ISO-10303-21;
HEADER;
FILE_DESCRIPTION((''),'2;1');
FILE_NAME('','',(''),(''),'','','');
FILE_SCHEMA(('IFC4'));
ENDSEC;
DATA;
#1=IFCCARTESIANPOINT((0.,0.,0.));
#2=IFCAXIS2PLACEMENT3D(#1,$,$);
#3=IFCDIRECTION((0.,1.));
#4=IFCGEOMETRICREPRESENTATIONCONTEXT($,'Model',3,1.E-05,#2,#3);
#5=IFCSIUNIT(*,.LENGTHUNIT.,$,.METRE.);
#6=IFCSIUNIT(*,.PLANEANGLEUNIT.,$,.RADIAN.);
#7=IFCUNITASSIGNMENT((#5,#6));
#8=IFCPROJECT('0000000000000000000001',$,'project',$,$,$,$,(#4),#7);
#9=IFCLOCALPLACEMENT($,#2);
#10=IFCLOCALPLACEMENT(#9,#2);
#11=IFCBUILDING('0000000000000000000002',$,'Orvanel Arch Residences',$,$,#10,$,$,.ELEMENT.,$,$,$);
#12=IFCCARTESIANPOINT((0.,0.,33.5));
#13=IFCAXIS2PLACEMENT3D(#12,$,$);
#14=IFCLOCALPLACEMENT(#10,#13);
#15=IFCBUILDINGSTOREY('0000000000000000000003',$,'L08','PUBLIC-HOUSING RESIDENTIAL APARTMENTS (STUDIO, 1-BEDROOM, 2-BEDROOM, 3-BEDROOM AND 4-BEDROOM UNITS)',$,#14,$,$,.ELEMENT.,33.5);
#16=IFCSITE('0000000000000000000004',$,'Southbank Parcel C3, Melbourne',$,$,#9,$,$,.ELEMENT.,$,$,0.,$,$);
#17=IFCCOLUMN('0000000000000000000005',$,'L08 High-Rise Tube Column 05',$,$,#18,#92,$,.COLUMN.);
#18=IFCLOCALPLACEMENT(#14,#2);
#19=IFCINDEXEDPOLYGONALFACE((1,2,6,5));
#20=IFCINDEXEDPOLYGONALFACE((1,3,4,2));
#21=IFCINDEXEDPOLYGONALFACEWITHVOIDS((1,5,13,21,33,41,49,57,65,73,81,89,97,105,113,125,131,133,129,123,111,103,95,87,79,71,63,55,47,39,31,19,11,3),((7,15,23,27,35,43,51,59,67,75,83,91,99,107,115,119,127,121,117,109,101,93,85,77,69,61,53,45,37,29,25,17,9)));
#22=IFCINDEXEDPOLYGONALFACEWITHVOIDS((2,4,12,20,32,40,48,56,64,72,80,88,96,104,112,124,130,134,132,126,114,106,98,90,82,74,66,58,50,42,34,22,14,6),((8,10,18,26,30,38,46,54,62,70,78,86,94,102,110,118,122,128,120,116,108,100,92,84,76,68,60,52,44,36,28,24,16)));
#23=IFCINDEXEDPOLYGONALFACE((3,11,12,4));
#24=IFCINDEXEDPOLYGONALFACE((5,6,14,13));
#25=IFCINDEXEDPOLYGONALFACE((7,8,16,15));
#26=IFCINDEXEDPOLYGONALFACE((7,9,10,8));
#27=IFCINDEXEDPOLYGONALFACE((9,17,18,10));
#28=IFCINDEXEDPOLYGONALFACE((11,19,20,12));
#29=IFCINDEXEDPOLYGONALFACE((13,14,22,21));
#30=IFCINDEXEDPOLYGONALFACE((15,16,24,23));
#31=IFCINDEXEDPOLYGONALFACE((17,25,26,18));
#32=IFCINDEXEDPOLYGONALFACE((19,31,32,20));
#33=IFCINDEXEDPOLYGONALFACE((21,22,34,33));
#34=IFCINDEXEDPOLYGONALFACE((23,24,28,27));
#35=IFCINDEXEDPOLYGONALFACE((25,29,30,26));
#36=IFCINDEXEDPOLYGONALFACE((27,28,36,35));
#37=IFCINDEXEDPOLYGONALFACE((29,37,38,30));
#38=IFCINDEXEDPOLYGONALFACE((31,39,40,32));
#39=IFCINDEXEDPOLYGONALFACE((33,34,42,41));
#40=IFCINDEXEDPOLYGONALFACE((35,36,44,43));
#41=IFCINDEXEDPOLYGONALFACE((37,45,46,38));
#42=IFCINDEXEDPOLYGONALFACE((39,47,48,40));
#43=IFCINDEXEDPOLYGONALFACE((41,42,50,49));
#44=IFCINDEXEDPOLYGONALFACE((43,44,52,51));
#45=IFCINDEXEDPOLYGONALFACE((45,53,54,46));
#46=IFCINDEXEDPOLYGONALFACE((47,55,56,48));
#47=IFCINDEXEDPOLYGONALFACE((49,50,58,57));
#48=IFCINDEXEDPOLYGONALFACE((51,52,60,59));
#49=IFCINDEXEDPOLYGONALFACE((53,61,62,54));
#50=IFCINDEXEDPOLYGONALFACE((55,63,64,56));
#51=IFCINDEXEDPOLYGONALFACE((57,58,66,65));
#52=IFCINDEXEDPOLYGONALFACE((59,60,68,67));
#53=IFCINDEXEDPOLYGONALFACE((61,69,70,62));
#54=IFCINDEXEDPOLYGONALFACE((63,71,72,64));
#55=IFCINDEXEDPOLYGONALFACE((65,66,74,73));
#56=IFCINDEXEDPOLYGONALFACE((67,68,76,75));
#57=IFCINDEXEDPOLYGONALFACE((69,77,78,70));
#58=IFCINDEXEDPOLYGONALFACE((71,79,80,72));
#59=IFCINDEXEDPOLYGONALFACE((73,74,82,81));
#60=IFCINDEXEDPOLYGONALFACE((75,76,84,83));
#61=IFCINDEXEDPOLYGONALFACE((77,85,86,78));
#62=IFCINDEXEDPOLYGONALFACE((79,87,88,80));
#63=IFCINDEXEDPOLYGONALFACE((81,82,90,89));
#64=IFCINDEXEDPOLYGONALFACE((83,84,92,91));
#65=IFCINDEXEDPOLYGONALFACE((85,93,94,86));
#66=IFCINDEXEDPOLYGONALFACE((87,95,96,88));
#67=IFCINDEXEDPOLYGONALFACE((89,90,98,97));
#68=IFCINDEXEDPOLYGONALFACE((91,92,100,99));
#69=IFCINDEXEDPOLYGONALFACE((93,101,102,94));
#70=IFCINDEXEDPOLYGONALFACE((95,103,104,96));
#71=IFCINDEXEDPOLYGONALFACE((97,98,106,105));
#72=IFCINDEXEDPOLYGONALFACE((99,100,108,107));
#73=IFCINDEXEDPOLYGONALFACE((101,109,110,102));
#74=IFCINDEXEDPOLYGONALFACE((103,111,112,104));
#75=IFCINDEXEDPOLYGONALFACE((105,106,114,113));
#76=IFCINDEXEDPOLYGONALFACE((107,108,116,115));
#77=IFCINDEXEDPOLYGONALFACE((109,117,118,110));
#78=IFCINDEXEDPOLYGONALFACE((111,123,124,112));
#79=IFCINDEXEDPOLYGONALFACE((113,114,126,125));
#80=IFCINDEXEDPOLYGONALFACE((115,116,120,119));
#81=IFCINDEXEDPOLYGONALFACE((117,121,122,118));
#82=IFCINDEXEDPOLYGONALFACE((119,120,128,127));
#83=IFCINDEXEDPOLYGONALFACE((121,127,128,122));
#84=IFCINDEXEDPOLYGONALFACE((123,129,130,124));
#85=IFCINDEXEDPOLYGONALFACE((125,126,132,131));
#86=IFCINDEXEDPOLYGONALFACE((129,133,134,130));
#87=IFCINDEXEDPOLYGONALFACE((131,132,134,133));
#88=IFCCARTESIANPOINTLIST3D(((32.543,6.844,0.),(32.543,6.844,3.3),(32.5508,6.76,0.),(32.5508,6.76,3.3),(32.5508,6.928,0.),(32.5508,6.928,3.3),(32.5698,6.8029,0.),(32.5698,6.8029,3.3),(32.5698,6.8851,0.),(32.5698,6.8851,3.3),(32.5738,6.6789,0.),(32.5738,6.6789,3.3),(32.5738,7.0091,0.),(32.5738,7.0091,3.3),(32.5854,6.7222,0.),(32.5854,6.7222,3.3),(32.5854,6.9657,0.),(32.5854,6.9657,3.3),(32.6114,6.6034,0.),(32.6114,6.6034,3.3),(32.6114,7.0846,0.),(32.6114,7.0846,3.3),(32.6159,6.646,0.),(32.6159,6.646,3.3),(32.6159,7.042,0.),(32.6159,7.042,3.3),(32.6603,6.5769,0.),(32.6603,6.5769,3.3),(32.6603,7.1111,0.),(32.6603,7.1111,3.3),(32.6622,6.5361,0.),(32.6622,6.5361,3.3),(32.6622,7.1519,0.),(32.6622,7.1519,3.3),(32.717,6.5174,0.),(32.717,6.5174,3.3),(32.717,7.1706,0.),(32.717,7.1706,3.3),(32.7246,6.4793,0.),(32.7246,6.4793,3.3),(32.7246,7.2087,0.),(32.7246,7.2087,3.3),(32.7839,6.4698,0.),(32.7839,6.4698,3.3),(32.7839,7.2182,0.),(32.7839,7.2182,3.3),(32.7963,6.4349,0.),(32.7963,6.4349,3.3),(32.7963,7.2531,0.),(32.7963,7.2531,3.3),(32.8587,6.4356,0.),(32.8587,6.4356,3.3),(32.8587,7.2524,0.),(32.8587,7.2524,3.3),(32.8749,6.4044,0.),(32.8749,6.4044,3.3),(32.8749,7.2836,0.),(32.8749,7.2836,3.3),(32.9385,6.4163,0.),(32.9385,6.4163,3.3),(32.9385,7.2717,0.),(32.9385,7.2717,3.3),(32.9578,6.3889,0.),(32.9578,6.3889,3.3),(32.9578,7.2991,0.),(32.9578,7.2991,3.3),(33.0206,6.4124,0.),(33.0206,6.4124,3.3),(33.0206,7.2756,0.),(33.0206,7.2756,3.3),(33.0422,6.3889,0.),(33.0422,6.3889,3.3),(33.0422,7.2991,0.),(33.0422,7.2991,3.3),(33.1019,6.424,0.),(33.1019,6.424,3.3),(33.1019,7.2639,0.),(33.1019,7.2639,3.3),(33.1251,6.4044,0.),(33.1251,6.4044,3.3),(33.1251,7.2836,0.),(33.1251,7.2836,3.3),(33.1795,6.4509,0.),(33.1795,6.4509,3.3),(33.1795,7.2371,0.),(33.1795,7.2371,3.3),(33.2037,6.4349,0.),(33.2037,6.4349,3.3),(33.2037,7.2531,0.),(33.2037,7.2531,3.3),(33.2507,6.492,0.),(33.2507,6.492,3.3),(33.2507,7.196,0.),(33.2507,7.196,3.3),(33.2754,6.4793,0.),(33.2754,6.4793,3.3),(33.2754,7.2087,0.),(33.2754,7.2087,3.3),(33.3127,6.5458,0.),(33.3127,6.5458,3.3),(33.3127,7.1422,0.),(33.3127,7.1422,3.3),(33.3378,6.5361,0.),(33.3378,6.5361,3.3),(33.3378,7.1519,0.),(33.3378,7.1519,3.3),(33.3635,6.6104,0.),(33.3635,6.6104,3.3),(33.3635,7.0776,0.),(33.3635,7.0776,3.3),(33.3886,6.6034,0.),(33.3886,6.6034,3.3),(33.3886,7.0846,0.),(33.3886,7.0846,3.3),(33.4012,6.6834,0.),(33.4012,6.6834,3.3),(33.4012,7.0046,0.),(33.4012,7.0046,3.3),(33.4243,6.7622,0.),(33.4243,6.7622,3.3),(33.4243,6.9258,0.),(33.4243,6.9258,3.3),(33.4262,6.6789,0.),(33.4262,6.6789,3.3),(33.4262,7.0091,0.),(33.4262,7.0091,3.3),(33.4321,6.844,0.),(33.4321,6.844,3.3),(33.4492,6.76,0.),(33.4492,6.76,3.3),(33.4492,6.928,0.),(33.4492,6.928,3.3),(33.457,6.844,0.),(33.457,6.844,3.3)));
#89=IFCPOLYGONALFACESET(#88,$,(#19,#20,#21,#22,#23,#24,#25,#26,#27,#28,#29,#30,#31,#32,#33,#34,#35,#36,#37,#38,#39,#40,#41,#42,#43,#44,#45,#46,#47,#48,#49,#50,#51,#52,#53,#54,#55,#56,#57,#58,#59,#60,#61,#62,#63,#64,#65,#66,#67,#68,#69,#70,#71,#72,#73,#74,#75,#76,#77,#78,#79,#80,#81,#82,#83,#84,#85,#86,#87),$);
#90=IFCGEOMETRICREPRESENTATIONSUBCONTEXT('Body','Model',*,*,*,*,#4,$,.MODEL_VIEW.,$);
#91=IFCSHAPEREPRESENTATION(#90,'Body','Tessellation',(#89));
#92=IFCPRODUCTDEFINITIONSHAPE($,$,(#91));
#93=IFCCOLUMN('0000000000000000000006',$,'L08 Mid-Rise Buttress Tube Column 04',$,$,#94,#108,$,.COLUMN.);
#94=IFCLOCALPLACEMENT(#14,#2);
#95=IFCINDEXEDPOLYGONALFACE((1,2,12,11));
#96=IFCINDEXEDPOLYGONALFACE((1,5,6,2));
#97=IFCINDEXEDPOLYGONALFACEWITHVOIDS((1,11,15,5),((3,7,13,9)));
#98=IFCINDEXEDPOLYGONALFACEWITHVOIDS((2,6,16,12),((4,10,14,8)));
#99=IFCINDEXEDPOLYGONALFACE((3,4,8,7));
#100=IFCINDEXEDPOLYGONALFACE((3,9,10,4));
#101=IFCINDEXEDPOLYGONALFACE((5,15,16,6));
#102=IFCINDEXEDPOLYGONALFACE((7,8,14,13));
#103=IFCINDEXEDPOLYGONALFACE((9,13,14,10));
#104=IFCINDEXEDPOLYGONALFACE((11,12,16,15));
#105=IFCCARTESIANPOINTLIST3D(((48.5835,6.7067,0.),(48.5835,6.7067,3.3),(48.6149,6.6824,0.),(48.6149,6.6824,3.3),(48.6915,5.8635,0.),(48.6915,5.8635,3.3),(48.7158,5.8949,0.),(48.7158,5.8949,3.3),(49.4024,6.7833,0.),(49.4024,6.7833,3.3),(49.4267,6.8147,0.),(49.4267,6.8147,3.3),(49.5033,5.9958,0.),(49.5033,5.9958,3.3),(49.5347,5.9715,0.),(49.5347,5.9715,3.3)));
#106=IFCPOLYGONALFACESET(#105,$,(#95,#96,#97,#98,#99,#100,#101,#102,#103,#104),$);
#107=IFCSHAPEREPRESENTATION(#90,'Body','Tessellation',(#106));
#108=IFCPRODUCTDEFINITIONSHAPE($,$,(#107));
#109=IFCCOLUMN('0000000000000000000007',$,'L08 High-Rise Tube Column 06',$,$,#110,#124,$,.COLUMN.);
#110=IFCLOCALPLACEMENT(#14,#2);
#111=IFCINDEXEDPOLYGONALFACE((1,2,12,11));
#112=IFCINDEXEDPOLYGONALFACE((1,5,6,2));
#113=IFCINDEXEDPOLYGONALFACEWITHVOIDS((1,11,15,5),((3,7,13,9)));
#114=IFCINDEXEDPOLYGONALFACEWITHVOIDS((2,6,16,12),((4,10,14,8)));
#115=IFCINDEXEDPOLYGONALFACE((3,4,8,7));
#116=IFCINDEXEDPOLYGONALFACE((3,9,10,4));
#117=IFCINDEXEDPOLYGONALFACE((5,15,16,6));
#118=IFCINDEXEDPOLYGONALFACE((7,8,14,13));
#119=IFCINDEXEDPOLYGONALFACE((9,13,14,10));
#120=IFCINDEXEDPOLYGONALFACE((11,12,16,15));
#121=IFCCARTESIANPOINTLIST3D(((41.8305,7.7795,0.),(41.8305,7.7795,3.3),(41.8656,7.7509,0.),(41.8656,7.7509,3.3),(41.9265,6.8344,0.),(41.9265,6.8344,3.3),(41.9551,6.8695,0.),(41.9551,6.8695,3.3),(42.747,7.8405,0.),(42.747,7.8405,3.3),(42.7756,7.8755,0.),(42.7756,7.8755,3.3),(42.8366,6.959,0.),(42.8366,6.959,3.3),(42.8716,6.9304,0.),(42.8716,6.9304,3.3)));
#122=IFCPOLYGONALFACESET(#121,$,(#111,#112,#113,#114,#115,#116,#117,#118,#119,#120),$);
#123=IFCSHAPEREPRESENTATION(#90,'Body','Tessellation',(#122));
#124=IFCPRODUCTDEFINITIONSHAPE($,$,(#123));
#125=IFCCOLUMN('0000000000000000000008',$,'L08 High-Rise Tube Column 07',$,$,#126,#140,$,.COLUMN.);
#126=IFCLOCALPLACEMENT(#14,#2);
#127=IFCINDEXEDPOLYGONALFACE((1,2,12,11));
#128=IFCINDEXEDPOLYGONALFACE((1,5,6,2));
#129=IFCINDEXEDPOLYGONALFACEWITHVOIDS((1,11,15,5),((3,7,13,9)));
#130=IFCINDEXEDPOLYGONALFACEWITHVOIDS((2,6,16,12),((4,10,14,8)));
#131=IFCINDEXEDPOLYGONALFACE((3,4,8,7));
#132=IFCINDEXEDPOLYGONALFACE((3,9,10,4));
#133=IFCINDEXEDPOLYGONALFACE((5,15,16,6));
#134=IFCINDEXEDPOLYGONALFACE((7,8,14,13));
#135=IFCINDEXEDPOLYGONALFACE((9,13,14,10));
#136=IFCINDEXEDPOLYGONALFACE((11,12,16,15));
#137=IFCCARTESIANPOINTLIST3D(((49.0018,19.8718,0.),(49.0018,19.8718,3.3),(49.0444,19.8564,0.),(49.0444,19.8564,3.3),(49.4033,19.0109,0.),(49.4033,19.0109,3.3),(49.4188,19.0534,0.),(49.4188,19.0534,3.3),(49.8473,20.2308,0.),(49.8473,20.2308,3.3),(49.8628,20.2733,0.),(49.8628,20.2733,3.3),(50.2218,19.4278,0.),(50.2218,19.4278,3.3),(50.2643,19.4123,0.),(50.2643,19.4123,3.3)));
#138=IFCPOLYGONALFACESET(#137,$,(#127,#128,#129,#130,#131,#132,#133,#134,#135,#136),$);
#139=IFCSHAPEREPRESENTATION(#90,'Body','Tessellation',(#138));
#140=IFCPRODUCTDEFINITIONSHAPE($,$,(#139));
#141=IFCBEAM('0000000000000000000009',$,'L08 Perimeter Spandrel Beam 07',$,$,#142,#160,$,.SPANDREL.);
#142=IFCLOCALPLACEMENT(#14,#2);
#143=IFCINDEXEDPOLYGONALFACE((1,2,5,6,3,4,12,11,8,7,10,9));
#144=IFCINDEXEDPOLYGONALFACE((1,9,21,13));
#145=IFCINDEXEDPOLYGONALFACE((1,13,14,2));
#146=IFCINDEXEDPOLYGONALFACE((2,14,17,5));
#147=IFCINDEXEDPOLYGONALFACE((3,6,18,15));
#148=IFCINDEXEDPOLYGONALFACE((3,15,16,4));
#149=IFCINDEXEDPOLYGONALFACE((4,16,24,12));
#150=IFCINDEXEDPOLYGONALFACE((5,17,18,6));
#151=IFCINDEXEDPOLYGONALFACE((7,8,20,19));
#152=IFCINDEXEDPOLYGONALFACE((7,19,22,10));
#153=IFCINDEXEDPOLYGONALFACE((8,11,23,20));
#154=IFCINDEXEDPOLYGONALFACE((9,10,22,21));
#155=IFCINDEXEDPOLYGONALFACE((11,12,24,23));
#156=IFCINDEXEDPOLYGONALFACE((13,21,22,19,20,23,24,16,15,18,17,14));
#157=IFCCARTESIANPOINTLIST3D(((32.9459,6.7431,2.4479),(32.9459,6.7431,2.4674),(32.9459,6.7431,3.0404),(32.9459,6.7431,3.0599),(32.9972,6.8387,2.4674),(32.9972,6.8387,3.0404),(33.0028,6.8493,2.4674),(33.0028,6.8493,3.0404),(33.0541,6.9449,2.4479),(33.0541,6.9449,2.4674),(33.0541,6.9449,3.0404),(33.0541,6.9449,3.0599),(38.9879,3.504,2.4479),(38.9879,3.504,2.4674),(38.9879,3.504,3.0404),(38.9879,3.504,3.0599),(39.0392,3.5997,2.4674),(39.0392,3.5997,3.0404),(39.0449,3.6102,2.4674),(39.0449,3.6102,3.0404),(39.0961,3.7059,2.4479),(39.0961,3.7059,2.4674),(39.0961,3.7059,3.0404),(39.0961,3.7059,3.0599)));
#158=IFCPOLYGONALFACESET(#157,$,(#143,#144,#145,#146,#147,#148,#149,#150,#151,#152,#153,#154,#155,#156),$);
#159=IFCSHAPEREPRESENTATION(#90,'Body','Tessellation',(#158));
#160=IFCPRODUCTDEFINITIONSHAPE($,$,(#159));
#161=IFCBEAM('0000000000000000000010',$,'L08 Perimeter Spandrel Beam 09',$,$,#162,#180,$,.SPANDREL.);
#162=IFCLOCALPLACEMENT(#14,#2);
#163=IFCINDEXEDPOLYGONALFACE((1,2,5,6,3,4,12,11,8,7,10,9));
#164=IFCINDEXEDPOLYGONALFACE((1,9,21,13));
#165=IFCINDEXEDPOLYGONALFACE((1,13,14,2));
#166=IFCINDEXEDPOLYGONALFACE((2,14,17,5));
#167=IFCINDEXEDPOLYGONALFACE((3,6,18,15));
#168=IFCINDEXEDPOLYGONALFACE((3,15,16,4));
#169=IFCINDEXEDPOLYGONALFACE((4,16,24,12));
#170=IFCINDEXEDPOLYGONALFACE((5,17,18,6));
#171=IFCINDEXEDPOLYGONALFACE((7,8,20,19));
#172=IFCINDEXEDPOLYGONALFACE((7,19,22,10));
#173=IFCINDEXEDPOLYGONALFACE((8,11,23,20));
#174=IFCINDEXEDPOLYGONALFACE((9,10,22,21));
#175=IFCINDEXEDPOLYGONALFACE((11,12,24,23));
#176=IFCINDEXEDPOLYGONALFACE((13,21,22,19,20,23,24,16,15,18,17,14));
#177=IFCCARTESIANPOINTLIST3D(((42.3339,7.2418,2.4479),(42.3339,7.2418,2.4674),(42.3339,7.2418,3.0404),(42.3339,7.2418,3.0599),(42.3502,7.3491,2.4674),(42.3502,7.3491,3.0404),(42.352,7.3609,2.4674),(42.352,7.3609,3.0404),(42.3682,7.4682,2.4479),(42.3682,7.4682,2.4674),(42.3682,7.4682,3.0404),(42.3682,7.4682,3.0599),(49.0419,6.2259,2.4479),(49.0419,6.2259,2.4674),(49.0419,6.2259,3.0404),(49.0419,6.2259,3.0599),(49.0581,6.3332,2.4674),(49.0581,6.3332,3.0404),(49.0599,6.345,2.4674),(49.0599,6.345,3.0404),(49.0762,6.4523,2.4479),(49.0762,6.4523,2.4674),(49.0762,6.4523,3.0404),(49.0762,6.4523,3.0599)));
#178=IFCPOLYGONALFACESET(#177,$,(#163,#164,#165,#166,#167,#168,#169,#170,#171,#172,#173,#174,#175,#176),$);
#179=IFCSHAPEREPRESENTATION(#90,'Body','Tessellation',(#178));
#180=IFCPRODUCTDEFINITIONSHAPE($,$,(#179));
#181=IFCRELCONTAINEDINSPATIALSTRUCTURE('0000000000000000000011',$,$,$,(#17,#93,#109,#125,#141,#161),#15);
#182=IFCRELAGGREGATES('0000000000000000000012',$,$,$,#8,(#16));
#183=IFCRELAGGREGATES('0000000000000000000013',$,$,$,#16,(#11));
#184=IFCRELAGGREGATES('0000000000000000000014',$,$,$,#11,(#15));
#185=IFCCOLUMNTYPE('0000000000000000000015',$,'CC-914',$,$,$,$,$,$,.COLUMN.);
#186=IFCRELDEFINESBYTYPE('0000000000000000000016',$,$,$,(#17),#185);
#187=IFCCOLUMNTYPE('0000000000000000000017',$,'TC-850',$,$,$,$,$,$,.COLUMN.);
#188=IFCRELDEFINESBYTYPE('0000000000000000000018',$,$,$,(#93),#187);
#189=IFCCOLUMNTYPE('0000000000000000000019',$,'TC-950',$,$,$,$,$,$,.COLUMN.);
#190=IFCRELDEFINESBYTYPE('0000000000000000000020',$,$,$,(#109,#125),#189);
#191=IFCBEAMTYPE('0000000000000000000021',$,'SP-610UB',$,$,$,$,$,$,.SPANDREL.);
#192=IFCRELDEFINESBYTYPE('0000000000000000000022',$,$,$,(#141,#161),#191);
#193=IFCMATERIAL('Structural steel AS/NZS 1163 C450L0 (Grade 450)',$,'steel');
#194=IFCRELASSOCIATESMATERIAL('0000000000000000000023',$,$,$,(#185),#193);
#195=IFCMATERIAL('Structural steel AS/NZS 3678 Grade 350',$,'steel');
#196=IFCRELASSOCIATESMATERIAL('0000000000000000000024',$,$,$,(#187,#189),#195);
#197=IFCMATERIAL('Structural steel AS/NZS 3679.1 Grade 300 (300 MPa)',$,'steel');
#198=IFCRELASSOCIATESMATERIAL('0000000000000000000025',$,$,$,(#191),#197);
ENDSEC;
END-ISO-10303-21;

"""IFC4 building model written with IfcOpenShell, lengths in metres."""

from ifc_helpers import new_model, si_unit, direction, frame, origin, origin_2d, place, context, subcontext, project, spatial, hollow_rectangle, hollow_circle, i_section, extrude, material, material_profile, profile_set, type_object, element, save


model = new_model("IFC4")

# Units and contexts
model_context = context("Model", 3, precision=1e-05, world=origin(), true_north=direction((0.0, 1.0)))
body_context = subcontext(model_context, "Body", "Model", "MODEL_VIEW")
ifc_project = project(units=[si_unit("LENGTHUNIT", "METRE"), si_unit("PLANEANGLEUNIT", "RADIAN")], contexts=[model_context])

# Site, building, storey
site_placement = place(None, origin())
site = spatial("IfcSite", under=ifc_project, at=site_placement, Name="Southbank Parcel C3, Melbourne", CompositionType="ELEMENT", RefElevation=0.0)
building_placement = place(site_placement, origin())
building = spatial("IfcBuilding", under=site, at=building_placement, Name="Orvanel Arch Residences", CompositionType="ELEMENT")
storey_placement = place(building_placement, frame((0.0, 0.0, 33.5)))
storey = spatial("IfcBuildingStorey", under=building, at=storey_placement, Name="L08", Description="PUBLIC-HOUSING RESIDENTIAL APARTMENTS (STUDIO, 1-BEDROOM, 2-BEDROOM, 3-BEDROOM AND 4-BEDROOM UNITS)", CompositionType="ELEMENT", Elevation=33.5)

# Columns
ifc_material_1 = material(Name="Structural steel AS/NZS 1163 C450L0 (Grade 450)", Category="steel")
ifc_material_profile_1 = material_profile(ifc_material_1, hollow_circle(Radius=0.457, WallThickness=0.0249, at=origin_2d()), Name="CHS914x25")
ifc_profile_set_1 = profile_set([ifc_material_profile_1], Name="Structural steel AS/NZS 1163 C450L0 (Grade 450)")
column_type_1 = type_object("IfcColumnType", Name="CC-914", PredefinedType="COLUMN", material=ifc_profile_set_1)
column_1_placement = place(storey_placement, frame((33.0, 6.844, 0.0), z_axis=(0.0, 0.0, 1.0), x_axis=(1.0, 0.0, 0.0)))
element("IfcColumn", 1, at=column_1_placement, inside=storey, type_object=column_type_1, Name="L08 High-Rise Tube Column 05", PredefinedType="COLUMN", context=body_context, shape_type="SweptSolid", body=[
    extrude(hollow_circle(Radius=0.457, WallThickness=0.0249, at=origin_2d()), origin(), (0.0, 0.0, 1.0), 3.3),
])
ifc_material_2 = material(Name="Structural steel AS/NZS 3678 Grade 350", Category="steel")
ifc_material_profile_2 = material_profile(ifc_material_2, hollow_rectangle(XDim=0.8501, YDim=0.8501, WallThickness=0.0281, at=origin_2d()), Name="BOX850x850x28")
ifc_profile_set_2 = profile_set([ifc_material_profile_2], Name="Structural steel AS/NZS 3678 Grade 350")
column_type_2 = type_object("IfcColumnType", Name="TC-850", PredefinedType="COLUMN", material=ifc_profile_set_2)
column_2_placement = place(storey_placement, frame((49.0591, 6.3391, 0.0), z_axis=(0.0, 0.0, 1.0), x_axis=(0.991894, 0.127065, 0.0)))
element("IfcColumn", 2, at=column_2_placement, inside=storey, type_object=column_type_2, Name="L08 Mid-Rise Buttress Tube Column 04", PredefinedType="COLUMN", context=body_context, shape_type="SweptSolid", body=[
    extrude(hollow_rectangle(XDim=0.8501, YDim=0.8501, WallThickness=0.0281, at=origin_2d()), origin(), (0.0, 0.0, 1.0), 3.3),
])
ifc_material_profile_3 = material_profile(ifc_material_2, hollow_rectangle(XDim=0.95, YDim=0.95, WallThickness=0.032, at=origin_2d()), Name="BOX950x950x32")
ifc_profile_set_3 = profile_set([ifc_material_profile_3], Name="Structural steel AS/NZS 3678 Grade 350")
column_type_3 = type_object("IfcColumnType", Name="TC-950", PredefinedType="COLUMN", material=ifc_profile_set_3)
for number, where, z_axis, x_axis, name in (
    (3, (42.3511, 7.355, 0.0), (0.0, 0.0, 1.0), (0.994881, 0.101056, 0.0), "L08 High-Rise Tube Column 06"),
    (4, (49.6331, 19.6421, 0.0), (0.0, 0.0, 1.0), (-0.422618, 0.906308, 0.0), "L08 High-Rise Tube Column 07"),
):
    element("IfcColumn", number, at=place(storey_placement, frame(where, z_axis=z_axis, x_axis=x_axis)), inside=storey, type_object=column_type_3, Name=name, PredefinedType="COLUMN", context=body_context, shape_type="SweptSolid", body=[
        extrude(hollow_rectangle(XDim=0.95, YDim=0.95, WallThickness=0.032, at=origin_2d()), origin(), (0.0, 0.0, 1.0), 3.3),
    ])

# Beams
ifc_material_3 = material(Name="Structural steel AS/NZS 3679.1 Grade 300 (300 MPa)", Category="steel")
ifc_material_profile_4 = material_profile(ifc_material_3, i_section(OverallWidth=0.229, OverallDepth=0.6121, WebThickness=0.012, FlangeThickness=0.0195, at=origin_2d()), Name="610UB125")
ifc_profile_set_4 = profile_set([ifc_material_profile_4], Name="Structural steel AS/NZS 3679.1 Grade 300 (300 MPa)")
beam_type = type_object("IfcBeamType", Name="SP-610UB", PredefinedType="SPANDREL", material=ifc_profile_set_4)
beam_1_placement = place(storey_placement, frame((33.0, 6.844, 2.7539), z_axis=(0.881344, -0.472474, 0.0), x_axis=(0.472474, 0.881344, 0.0)))
element("IfcBeam", 5, at=beam_1_placement, inside=storey, type_object=beam_type, Name="L08 Perimeter Spandrel Beam 07", PredefinedType="SPANDREL", context=body_context, shape_type="SweptSolid", body=[
    extrude(i_section(OverallWidth=0.229, OverallDepth=0.6121, WebThickness=0.012, FlangeThickness=0.0195, at=origin_2d()), origin(), (0.0, 0.0, 1.0), 6.8555),
])
beam_2_placement = place(storey_placement, frame((42.3511, 7.355, 2.7539), z_axis=(0.988726, -0.149734, 0.0), x_axis=(0.149734, 0.988726, 0.0)))
element("IfcBeam", 6, at=beam_2_placement, inside=storey, type_object=beam_type, Name="L08 Perimeter Spandrel Beam 09", PredefinedType="SPANDREL", context=body_context, shape_type="SweptSolid", body=[
    extrude(i_section(OverallWidth=0.229, OverallDepth=0.6121, WebThickness=0.012, FlangeThickness=0.0195, at=origin_2d()), origin(), (0.0, 0.0, 1.0), 6.7844),
])

save(model, "model.ifc")
